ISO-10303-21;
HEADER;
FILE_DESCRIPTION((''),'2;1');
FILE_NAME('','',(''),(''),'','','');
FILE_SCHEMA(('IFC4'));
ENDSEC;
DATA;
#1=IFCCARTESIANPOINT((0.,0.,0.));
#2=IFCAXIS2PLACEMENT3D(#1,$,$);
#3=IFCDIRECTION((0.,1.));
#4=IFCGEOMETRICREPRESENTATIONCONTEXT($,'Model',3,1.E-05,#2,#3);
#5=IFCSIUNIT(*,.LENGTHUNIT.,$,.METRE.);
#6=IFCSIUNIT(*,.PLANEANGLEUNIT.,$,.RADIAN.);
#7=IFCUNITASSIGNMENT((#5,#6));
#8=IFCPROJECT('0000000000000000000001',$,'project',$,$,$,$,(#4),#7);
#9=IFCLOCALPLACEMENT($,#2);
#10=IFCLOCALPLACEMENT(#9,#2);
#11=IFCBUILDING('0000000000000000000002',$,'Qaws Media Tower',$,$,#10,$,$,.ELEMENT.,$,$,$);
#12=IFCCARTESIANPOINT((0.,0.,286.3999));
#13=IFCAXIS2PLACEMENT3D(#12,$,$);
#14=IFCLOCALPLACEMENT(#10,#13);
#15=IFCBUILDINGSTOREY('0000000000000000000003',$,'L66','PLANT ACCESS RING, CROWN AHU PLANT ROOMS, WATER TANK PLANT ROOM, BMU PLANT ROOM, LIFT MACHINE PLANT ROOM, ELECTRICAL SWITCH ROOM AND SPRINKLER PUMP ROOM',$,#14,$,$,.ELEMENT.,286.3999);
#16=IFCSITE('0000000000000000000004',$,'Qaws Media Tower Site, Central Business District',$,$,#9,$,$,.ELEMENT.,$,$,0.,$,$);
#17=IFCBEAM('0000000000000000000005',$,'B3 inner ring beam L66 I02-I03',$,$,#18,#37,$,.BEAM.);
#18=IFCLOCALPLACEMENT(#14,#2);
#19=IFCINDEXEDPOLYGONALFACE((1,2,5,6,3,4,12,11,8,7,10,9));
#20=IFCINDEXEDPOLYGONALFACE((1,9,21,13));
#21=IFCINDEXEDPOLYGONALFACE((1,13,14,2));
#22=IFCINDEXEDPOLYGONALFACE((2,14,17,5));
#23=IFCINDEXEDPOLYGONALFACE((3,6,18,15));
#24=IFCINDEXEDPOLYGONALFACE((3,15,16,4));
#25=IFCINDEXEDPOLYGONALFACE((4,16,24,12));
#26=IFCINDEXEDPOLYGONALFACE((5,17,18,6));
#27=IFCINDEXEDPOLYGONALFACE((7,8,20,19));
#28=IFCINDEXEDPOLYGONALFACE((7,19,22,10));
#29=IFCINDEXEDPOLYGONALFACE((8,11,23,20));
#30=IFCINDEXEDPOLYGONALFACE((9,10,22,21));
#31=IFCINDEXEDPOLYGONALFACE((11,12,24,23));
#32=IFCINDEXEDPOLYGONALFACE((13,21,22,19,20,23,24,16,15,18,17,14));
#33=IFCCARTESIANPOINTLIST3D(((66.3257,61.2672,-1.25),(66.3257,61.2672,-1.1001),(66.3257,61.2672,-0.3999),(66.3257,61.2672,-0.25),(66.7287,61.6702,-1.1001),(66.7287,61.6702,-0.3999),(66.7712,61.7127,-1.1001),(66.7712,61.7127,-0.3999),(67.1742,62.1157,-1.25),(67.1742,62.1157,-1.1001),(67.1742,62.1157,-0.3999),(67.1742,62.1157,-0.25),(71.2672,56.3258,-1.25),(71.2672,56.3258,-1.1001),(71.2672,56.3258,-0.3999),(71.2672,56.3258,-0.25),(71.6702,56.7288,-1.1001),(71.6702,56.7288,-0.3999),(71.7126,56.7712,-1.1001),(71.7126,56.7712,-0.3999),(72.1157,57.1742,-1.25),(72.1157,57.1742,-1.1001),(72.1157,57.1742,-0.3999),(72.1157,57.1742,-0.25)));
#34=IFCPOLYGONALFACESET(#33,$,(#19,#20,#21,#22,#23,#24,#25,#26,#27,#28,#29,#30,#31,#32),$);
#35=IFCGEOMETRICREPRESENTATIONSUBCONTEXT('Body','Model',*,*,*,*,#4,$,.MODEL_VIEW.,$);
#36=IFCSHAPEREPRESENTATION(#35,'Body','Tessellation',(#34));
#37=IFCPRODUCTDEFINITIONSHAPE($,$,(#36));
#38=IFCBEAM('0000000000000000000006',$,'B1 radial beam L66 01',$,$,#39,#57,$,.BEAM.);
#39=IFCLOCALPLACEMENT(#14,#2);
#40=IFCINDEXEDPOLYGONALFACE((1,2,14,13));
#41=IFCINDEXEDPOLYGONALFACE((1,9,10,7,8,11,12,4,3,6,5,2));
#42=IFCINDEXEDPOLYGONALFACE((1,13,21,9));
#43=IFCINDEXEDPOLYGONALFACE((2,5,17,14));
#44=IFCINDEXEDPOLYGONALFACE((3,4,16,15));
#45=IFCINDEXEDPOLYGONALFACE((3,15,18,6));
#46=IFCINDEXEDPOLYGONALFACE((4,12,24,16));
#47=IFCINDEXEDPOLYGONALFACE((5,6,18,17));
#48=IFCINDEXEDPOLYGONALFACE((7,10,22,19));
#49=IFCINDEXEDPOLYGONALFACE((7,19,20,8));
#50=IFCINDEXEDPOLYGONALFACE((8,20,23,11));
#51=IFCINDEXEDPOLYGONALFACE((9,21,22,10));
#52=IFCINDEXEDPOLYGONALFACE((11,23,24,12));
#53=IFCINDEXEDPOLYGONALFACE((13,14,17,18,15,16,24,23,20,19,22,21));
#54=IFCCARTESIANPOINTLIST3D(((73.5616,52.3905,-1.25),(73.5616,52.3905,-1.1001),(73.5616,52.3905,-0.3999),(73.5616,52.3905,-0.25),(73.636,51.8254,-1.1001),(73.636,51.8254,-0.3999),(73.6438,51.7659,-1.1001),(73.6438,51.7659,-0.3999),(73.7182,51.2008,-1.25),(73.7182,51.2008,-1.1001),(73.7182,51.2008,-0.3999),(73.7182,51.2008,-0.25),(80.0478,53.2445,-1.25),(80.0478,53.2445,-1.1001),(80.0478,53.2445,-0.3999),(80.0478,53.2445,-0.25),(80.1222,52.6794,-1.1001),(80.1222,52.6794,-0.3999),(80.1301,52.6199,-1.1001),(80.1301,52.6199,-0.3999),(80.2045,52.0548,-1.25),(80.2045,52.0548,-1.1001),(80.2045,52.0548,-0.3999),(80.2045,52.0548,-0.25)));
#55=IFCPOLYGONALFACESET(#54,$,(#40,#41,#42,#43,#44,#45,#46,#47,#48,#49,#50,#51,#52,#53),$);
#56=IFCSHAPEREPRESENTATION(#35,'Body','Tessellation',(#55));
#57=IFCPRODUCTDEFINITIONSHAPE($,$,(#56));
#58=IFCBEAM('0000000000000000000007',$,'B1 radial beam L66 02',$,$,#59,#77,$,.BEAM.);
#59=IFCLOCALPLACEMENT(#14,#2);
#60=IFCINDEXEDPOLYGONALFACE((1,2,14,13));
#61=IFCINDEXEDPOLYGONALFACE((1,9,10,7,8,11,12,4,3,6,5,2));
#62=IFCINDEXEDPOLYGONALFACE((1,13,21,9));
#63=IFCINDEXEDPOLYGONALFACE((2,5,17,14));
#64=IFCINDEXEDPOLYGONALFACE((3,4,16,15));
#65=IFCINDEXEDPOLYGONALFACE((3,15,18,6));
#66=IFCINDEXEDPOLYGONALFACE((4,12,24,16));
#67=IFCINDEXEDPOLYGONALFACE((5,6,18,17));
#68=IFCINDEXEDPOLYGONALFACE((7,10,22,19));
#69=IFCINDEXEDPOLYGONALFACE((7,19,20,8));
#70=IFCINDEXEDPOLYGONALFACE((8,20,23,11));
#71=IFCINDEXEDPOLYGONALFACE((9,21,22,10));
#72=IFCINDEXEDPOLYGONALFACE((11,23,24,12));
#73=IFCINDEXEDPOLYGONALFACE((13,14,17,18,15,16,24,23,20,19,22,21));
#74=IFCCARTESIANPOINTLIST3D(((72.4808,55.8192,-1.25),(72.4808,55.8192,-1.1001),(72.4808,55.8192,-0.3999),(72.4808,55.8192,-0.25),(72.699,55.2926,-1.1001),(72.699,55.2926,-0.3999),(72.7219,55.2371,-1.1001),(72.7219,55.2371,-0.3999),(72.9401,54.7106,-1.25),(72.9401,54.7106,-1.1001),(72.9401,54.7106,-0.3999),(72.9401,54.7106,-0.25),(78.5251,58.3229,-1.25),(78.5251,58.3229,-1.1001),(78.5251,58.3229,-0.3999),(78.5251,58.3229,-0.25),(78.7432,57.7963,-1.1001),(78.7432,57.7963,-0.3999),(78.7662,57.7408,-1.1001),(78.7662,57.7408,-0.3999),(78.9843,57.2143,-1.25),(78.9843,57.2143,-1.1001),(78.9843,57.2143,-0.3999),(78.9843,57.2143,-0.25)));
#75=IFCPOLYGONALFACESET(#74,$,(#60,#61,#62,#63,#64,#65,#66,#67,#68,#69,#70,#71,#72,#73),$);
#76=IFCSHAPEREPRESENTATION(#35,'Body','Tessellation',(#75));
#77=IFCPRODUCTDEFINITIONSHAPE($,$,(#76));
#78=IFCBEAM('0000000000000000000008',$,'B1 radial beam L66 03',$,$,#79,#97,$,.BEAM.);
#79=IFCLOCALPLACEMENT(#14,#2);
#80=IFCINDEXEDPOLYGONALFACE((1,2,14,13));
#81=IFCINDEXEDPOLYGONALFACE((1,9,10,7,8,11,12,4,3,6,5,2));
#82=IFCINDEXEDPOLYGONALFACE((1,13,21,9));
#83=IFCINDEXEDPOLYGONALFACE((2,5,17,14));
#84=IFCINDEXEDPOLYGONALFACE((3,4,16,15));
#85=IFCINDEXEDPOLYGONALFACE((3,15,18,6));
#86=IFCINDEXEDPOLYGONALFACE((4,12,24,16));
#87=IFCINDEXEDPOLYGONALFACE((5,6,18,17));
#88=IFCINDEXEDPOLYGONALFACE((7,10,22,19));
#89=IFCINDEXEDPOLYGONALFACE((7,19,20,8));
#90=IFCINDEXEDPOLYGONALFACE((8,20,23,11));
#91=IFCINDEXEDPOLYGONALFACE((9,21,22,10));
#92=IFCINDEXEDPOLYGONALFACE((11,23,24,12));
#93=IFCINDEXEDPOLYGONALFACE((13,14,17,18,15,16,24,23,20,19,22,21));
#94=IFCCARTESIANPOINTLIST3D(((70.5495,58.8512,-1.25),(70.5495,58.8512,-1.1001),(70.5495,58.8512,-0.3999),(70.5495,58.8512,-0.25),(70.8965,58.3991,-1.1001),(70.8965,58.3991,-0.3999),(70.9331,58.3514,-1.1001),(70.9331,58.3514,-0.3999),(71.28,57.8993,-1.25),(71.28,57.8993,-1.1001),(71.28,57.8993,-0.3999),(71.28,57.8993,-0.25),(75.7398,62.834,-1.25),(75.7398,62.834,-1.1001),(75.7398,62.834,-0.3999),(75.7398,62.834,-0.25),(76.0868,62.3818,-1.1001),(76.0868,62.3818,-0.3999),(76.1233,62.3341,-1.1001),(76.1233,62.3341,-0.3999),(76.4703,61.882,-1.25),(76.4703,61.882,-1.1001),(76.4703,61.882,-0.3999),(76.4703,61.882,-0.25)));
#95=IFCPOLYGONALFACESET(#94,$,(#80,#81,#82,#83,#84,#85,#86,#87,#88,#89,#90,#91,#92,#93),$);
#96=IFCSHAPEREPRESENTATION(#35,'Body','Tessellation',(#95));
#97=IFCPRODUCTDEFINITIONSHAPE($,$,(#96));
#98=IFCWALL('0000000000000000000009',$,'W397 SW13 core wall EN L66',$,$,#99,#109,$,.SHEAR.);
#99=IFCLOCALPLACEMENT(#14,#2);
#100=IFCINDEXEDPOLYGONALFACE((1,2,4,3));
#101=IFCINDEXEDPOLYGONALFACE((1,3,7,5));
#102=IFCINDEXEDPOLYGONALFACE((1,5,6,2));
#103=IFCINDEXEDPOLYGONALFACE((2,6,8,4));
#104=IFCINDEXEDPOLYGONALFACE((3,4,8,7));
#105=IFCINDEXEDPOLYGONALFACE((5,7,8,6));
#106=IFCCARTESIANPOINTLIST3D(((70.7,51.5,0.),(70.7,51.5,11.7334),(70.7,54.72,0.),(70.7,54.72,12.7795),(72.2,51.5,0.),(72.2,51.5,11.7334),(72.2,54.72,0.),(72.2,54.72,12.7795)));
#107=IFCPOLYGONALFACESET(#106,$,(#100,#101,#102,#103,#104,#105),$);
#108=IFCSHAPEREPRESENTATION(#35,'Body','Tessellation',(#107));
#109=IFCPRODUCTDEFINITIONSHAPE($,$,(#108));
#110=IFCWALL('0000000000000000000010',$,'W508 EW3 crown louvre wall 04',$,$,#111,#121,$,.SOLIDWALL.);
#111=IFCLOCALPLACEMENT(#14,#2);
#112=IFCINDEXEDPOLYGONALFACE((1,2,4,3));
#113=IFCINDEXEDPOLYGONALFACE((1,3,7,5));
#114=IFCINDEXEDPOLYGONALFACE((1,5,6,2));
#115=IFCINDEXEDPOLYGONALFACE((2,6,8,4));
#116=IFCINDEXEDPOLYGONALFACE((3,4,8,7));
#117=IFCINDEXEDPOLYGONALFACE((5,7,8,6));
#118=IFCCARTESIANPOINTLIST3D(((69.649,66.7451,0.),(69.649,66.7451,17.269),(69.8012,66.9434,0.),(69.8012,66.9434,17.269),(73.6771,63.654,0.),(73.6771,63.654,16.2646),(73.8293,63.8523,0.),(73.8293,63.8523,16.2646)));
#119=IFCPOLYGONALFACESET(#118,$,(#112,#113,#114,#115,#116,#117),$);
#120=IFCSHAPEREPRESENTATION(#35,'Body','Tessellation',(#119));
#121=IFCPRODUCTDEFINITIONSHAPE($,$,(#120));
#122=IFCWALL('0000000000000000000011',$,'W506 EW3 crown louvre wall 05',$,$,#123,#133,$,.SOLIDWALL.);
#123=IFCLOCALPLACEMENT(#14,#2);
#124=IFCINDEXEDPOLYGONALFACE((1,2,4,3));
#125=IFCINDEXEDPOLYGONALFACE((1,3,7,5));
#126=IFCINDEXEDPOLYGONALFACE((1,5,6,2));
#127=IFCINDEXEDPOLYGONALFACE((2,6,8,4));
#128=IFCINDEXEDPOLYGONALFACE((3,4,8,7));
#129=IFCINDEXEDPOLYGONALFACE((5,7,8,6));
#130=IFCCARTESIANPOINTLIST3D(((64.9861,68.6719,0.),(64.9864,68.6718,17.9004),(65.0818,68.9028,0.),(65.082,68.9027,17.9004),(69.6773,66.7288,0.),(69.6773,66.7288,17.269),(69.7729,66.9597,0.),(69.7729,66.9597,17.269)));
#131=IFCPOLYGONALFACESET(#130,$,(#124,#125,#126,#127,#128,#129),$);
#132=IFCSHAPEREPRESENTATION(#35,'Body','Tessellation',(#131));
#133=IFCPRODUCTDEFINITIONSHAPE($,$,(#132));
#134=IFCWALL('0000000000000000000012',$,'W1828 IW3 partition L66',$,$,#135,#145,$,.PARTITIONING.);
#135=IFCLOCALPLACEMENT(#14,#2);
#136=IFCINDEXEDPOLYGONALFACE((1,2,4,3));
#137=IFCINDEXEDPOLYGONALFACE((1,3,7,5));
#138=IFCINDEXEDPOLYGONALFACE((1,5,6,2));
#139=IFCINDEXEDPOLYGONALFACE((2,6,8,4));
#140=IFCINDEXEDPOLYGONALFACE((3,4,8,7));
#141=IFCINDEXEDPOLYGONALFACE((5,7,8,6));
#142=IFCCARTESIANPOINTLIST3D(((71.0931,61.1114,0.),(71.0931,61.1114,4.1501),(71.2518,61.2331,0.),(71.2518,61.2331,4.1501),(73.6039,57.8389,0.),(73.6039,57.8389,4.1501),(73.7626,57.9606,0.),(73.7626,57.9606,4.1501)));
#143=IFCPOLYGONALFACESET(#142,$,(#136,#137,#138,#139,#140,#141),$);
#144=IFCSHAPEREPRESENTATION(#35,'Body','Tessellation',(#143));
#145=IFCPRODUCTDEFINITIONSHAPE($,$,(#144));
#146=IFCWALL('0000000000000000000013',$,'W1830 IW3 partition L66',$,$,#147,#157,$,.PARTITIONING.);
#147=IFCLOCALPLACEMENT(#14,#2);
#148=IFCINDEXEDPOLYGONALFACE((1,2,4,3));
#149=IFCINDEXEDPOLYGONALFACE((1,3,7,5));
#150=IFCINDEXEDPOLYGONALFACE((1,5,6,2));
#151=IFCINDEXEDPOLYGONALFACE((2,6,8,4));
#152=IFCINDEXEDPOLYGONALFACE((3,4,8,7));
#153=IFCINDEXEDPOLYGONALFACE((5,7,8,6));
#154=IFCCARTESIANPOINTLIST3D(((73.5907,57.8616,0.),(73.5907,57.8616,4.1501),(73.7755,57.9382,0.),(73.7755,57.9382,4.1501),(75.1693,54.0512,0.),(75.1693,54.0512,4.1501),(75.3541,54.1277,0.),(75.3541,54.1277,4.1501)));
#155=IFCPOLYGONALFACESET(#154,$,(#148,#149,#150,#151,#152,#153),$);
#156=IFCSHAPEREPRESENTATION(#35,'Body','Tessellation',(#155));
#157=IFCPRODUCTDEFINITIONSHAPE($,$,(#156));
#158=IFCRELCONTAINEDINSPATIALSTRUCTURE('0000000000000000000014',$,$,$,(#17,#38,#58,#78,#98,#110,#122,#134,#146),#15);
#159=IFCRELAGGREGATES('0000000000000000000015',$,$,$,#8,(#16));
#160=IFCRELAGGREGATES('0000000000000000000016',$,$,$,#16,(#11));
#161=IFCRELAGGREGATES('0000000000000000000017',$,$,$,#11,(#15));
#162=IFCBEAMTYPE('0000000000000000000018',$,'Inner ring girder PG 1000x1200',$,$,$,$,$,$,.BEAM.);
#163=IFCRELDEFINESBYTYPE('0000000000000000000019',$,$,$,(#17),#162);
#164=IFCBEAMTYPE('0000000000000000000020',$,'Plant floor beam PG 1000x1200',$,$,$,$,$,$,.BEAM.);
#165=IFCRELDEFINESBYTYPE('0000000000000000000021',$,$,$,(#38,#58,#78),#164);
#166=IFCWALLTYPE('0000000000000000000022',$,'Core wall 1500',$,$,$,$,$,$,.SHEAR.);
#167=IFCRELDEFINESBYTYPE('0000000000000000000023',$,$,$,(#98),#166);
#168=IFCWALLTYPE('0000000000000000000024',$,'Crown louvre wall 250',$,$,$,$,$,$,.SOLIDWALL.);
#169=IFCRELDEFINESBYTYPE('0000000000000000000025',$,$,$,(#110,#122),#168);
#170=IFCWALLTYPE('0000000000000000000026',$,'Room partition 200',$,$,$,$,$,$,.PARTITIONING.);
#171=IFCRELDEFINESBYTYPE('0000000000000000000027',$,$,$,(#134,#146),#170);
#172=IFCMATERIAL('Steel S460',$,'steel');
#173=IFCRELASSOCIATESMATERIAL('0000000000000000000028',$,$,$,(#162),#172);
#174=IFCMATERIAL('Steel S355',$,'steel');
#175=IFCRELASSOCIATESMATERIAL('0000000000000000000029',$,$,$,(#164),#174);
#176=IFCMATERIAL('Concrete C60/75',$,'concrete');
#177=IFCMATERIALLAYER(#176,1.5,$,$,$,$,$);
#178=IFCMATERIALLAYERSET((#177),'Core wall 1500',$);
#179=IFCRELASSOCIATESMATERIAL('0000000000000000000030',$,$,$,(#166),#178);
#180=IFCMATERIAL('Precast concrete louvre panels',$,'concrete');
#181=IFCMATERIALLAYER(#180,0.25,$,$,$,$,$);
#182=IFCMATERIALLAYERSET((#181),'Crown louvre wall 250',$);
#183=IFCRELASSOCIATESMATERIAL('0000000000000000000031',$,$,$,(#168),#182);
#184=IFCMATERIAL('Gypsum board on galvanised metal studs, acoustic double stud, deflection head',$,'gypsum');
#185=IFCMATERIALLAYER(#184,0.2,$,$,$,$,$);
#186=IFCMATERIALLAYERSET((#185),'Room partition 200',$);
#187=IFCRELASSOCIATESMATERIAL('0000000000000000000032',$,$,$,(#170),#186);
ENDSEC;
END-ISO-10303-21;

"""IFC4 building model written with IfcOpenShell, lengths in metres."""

from ifc_helpers import new_model, si_unit, direction, frame, frame_2d, origin, origin_2d, place, context, subcontext, project, spatial, polyline, rectangle, i_section, outline, extrude, material, layer, layer_set, material_profile, profile_set, type_object, element, save


model = new_model("IFC4")

# Units and contexts
model_context = context("Model", 3, precision=1e-05, world=origin(), true_north=direction((0.0, 1.0)))
body_context = subcontext(model_context, "Body", "Model", "MODEL_VIEW")
ifc_project = project(units=[si_unit("LENGTHUNIT", "METRE"), si_unit("PLANEANGLEUNIT", "RADIAN")], contexts=[model_context])

# Site, building, storey
site_placement = place(None, origin())
site = spatial("IfcSite", under=ifc_project, at=site_placement, Name="Qaws Media Tower Site, Central Business District", CompositionType="ELEMENT", RefElevation=0.0)
building_placement = place(site_placement, origin())
building = spatial("IfcBuilding", under=site, at=building_placement, Name="Qaws Media Tower", CompositionType="ELEMENT")
storey_placement = place(building_placement, frame((0.0, 0.0, 286.3999)))
storey = spatial("IfcBuildingStorey", under=building, at=storey_placement, Name="L66", Description="PLANT ACCESS RING, CROWN AHU PLANT ROOMS, WATER TANK PLANT ROOM, BMU PLANT ROOM, LIFT MACHINE PLANT ROOM, ELECTRICAL SWITCH ROOM AND SPRINKLER PUMP ROOM", CompositionType="ELEMENT", Elevation=286.3999)

# Beams
ifc_material_1 = material(Name="Steel S460", Category="steel")
ifc_material_profile_1 = material_profile(ifc_material_1, i_section(OverallWidth=1.2, OverallDepth=1.0, WebThickness=0.0601, FlangeThickness=0.1499, at=origin_2d()), Name="PG 1000x1200")
ifc_profile_set_1 = profile_set([ifc_material_profile_1], Name="Steel S460")
beam_type_1 = type_object("IfcBeamType", Name="Inner ring girder PG 1000x1200", PredefinedType="BEAM", material=ifc_profile_set_1)
beam_1_placement = place(storey_placement, frame((71.6914, 56.75, -0.75), z_axis=(-0.707107, 0.707107, 0.0), x_axis=(-0.707107, -0.707107, 0.0)))
element("IfcBeam", 1, at=beam_1_placement, inside=storey, type_object=beam_type_1, Name="B3 inner ring beam L66 I02-I03", PredefinedType="BEAM", context=body_context, shape_type="SweptSolid", body=[
    extrude(i_section(OverallWidth=1.2, OverallDepth=1.0, WebThickness=0.0601, FlangeThickness=0.1499, at=origin_2d()), origin(), (0.0, 0.0, 1.0), 6.9883),
])
ifc_material_2 = material(Name="Steel S355", Category="steel")
ifc_material_profile_2 = material_profile(ifc_material_2, i_section(OverallWidth=1.2, OverallDepth=1.0, WebThickness=0.0601, FlangeThickness=0.1499, at=origin_2d()), Name="PG 1000x1200")
ifc_profile_set_2 = profile_set([ifc_material_profile_2], Name="Steel S355")
beam_type_2 = type_object("IfcBeamType", Name="Plant floor beam PG 1000x1200", PredefinedType="BEAM", material=ifc_profile_set_2)
for number, where, z_axis, x_axis, name in (
    (2, (73.6399, 51.7957, -0.75), (0.991444, 0.130536, 0.0), (-0.130536, 0.991444, 0.0), "B1 radial beam L66 01"),
    (3, (72.7104, 55.2649, -0.75), (0.923875, 0.382693, 0.0), (-0.382693, 0.923875, 0.0), "B1 radial beam L66 02"),
    (4, (70.9148, 58.3752, -0.75), (0.793346, 0.608771, 0.0), (-0.608771, 0.793346, 0.0), "B1 radial beam L66 03"),
):
    element("IfcBeam", number, at=place(storey_placement, frame(where, z_axis=z_axis, x_axis=x_axis)), inside=storey, type_object=beam_type_2, Name=name, PredefinedType="BEAM", context=body_context, shape_type="SweptSolid", body=[
        extrude(i_section(OverallWidth=1.2, OverallDepth=1.0, WebThickness=0.0601, FlangeThickness=0.1499, at=origin_2d()), origin(), (0.0, 0.0, 1.0), 6.5422),
    ])

# Walls
ifc_material_3 = material(Name="Concrete C60/75", Category="concrete")
ifc_layer_1 = layer(ifc_material_3, 1.5)
ifc_layer_set_1 = layer_set([ifc_layer_1], Name="Core wall 1500")
wall_type_1 = type_object("IfcWallType", Name="Core wall 1500", PredefinedType="SHEAR", material=ifc_layer_set_1)
wall_1_placement = place(storey_placement, frame((71.45, 51.5, 0.0), z_axis=(0.0, 0.0, 1.0), x_axis=(0.0, 1.0, 0.0)))
element("IfcWall", 5, at=wall_1_placement, inside=storey, type_object=wall_type_1, Name="W397 SW13 core wall EN L66", PredefinedType="SHEAR", context=body_context, shape_type="SweptSolid", body=[
    extrude(outline(polyline([(0.0, 0.0), (3.22, 0.0), (3.22, 12.7795), (0.0, 11.7334), (0.0, 0.0)])), frame((0.0, 0.75, 0.0), z_axis=(0.0, -1.0, 0.0), x_axis=(1.0, 0.0, 0.0)), (0.0, 0.0, 1.0), 1.5),
])
ifc_material_4 = material(Name="Precast concrete louvre panels", Category="concrete")
ifc_layer_2 = layer(ifc_material_4, 0.25)
ifc_layer_set_2 = layer_set([ifc_layer_2], Name="Crown louvre wall 250")
wall_type_2 = type_object("IfcWallType", Name="Crown louvre wall 250", PredefinedType="SOLIDWALL", material=ifc_layer_set_2)
wall_2_placement = place(storey_placement, frame((73.7532, 63.7532, 0.0), z_axis=(0.0, 0.0, 1.0), x_axis=(-0.793333, 0.608788, 0.0)))
element("IfcWall", 6, at=wall_2_placement, inside=storey, type_object=wall_type_2, Name="W508 EW3 crown louvre wall 04", PredefinedType="SOLIDWALL", context=body_context, shape_type="SweptSolid", body=[
    extrude(outline(polyline([(0.0, 0.0), (5.0774, 0.0), (5.0774, 17.269), (0.0, 16.2646), (0.0, 0.0)])), frame((0.0, 0.125, 0.0), z_axis=(0.0, -1.0, 0.0), x_axis=(1.0, 0.0, 0.0)), (0.0, 0.0, 1.0), 0.25),
])
wall_3_placement = place(storey_placement, frame((69.7251, 66.8442, 0.0), z_axis=(0.0, 0.0, 1.0), x_axis=(-0.923881, 0.382679, 0.0)))
element("IfcWall", 7, at=wall_3_placement, inside=storey, type_object=wall_type_2, Name="W506 EW3 crown louvre wall 05", PredefinedType="SOLIDWALL", context=body_context, shape_type="SweptSolid", body=[
    extrude(outline(polyline([(0.0, 0.0), (5.0776, 0.0), (5.0774, 17.9004), (0.0, 17.269), (0.0, 0.0)])), frame((0.0, 0.125, 0.0), z_axis=(0.0, -1.0, 0.0), x_axis=(1.0, 0.0, 0.0)), (0.0, 0.0, 1.0), 0.25),
])
ifc_material_5 = material(Name="Gypsum board on galvanised metal studs, acoustic double stud, deflection head", Category="gypsum")
ifc_layer_3 = layer(ifc_material_5, 0.2)
ifc_layer_set_3 = layer_set([ifc_layer_3], Name="Room partition 200")
wall_type_3 = type_object("IfcWallType", Name="Room partition 200", PredefinedType="PARTITIONING", material=ifc_layer_set_3)
wall_4_placement = place(storey_placement, frame((71.1724, 61.1724, 0.0), z_axis=(0.0, 0.0, 1.0), x_axis=(0.608715, -0.793389, 0.0)))
element("IfcWall", 8, at=wall_4_placement, inside=storey, type_object=wall_type_3, Name="W1828 IW3 partition L66", PredefinedType="PARTITIONING", context=body_context, shape_type="SweptSolid", body=[
    extrude(rectangle(XDim=4.1248, YDim=0.2, at=frame_2d((2.0625, 0.0))), origin(), (0.0, 0.0, 1.0), 4.1501),
])
wall_5_placement = place(storey_placement, frame((73.6831, 57.8999, 0.0), z_axis=(0.0, 0.0, 1.0), x_axis=(0.382732, -0.92386, 0.0)))
element("IfcWall", 9, at=wall_5_placement, inside=storey, type_object=wall_type_3, Name="W1830 IW3 partition L66", PredefinedType="PARTITIONING", context=body_context, shape_type="SweptSolid", body=[
    extrude(rectangle(XDim=4.1245, YDim=0.2, at=frame_2d((2.0623, 0.0))), origin(), (0.0, 0.0, 1.0), 4.1501),
])

save(model, "model.ifc")
